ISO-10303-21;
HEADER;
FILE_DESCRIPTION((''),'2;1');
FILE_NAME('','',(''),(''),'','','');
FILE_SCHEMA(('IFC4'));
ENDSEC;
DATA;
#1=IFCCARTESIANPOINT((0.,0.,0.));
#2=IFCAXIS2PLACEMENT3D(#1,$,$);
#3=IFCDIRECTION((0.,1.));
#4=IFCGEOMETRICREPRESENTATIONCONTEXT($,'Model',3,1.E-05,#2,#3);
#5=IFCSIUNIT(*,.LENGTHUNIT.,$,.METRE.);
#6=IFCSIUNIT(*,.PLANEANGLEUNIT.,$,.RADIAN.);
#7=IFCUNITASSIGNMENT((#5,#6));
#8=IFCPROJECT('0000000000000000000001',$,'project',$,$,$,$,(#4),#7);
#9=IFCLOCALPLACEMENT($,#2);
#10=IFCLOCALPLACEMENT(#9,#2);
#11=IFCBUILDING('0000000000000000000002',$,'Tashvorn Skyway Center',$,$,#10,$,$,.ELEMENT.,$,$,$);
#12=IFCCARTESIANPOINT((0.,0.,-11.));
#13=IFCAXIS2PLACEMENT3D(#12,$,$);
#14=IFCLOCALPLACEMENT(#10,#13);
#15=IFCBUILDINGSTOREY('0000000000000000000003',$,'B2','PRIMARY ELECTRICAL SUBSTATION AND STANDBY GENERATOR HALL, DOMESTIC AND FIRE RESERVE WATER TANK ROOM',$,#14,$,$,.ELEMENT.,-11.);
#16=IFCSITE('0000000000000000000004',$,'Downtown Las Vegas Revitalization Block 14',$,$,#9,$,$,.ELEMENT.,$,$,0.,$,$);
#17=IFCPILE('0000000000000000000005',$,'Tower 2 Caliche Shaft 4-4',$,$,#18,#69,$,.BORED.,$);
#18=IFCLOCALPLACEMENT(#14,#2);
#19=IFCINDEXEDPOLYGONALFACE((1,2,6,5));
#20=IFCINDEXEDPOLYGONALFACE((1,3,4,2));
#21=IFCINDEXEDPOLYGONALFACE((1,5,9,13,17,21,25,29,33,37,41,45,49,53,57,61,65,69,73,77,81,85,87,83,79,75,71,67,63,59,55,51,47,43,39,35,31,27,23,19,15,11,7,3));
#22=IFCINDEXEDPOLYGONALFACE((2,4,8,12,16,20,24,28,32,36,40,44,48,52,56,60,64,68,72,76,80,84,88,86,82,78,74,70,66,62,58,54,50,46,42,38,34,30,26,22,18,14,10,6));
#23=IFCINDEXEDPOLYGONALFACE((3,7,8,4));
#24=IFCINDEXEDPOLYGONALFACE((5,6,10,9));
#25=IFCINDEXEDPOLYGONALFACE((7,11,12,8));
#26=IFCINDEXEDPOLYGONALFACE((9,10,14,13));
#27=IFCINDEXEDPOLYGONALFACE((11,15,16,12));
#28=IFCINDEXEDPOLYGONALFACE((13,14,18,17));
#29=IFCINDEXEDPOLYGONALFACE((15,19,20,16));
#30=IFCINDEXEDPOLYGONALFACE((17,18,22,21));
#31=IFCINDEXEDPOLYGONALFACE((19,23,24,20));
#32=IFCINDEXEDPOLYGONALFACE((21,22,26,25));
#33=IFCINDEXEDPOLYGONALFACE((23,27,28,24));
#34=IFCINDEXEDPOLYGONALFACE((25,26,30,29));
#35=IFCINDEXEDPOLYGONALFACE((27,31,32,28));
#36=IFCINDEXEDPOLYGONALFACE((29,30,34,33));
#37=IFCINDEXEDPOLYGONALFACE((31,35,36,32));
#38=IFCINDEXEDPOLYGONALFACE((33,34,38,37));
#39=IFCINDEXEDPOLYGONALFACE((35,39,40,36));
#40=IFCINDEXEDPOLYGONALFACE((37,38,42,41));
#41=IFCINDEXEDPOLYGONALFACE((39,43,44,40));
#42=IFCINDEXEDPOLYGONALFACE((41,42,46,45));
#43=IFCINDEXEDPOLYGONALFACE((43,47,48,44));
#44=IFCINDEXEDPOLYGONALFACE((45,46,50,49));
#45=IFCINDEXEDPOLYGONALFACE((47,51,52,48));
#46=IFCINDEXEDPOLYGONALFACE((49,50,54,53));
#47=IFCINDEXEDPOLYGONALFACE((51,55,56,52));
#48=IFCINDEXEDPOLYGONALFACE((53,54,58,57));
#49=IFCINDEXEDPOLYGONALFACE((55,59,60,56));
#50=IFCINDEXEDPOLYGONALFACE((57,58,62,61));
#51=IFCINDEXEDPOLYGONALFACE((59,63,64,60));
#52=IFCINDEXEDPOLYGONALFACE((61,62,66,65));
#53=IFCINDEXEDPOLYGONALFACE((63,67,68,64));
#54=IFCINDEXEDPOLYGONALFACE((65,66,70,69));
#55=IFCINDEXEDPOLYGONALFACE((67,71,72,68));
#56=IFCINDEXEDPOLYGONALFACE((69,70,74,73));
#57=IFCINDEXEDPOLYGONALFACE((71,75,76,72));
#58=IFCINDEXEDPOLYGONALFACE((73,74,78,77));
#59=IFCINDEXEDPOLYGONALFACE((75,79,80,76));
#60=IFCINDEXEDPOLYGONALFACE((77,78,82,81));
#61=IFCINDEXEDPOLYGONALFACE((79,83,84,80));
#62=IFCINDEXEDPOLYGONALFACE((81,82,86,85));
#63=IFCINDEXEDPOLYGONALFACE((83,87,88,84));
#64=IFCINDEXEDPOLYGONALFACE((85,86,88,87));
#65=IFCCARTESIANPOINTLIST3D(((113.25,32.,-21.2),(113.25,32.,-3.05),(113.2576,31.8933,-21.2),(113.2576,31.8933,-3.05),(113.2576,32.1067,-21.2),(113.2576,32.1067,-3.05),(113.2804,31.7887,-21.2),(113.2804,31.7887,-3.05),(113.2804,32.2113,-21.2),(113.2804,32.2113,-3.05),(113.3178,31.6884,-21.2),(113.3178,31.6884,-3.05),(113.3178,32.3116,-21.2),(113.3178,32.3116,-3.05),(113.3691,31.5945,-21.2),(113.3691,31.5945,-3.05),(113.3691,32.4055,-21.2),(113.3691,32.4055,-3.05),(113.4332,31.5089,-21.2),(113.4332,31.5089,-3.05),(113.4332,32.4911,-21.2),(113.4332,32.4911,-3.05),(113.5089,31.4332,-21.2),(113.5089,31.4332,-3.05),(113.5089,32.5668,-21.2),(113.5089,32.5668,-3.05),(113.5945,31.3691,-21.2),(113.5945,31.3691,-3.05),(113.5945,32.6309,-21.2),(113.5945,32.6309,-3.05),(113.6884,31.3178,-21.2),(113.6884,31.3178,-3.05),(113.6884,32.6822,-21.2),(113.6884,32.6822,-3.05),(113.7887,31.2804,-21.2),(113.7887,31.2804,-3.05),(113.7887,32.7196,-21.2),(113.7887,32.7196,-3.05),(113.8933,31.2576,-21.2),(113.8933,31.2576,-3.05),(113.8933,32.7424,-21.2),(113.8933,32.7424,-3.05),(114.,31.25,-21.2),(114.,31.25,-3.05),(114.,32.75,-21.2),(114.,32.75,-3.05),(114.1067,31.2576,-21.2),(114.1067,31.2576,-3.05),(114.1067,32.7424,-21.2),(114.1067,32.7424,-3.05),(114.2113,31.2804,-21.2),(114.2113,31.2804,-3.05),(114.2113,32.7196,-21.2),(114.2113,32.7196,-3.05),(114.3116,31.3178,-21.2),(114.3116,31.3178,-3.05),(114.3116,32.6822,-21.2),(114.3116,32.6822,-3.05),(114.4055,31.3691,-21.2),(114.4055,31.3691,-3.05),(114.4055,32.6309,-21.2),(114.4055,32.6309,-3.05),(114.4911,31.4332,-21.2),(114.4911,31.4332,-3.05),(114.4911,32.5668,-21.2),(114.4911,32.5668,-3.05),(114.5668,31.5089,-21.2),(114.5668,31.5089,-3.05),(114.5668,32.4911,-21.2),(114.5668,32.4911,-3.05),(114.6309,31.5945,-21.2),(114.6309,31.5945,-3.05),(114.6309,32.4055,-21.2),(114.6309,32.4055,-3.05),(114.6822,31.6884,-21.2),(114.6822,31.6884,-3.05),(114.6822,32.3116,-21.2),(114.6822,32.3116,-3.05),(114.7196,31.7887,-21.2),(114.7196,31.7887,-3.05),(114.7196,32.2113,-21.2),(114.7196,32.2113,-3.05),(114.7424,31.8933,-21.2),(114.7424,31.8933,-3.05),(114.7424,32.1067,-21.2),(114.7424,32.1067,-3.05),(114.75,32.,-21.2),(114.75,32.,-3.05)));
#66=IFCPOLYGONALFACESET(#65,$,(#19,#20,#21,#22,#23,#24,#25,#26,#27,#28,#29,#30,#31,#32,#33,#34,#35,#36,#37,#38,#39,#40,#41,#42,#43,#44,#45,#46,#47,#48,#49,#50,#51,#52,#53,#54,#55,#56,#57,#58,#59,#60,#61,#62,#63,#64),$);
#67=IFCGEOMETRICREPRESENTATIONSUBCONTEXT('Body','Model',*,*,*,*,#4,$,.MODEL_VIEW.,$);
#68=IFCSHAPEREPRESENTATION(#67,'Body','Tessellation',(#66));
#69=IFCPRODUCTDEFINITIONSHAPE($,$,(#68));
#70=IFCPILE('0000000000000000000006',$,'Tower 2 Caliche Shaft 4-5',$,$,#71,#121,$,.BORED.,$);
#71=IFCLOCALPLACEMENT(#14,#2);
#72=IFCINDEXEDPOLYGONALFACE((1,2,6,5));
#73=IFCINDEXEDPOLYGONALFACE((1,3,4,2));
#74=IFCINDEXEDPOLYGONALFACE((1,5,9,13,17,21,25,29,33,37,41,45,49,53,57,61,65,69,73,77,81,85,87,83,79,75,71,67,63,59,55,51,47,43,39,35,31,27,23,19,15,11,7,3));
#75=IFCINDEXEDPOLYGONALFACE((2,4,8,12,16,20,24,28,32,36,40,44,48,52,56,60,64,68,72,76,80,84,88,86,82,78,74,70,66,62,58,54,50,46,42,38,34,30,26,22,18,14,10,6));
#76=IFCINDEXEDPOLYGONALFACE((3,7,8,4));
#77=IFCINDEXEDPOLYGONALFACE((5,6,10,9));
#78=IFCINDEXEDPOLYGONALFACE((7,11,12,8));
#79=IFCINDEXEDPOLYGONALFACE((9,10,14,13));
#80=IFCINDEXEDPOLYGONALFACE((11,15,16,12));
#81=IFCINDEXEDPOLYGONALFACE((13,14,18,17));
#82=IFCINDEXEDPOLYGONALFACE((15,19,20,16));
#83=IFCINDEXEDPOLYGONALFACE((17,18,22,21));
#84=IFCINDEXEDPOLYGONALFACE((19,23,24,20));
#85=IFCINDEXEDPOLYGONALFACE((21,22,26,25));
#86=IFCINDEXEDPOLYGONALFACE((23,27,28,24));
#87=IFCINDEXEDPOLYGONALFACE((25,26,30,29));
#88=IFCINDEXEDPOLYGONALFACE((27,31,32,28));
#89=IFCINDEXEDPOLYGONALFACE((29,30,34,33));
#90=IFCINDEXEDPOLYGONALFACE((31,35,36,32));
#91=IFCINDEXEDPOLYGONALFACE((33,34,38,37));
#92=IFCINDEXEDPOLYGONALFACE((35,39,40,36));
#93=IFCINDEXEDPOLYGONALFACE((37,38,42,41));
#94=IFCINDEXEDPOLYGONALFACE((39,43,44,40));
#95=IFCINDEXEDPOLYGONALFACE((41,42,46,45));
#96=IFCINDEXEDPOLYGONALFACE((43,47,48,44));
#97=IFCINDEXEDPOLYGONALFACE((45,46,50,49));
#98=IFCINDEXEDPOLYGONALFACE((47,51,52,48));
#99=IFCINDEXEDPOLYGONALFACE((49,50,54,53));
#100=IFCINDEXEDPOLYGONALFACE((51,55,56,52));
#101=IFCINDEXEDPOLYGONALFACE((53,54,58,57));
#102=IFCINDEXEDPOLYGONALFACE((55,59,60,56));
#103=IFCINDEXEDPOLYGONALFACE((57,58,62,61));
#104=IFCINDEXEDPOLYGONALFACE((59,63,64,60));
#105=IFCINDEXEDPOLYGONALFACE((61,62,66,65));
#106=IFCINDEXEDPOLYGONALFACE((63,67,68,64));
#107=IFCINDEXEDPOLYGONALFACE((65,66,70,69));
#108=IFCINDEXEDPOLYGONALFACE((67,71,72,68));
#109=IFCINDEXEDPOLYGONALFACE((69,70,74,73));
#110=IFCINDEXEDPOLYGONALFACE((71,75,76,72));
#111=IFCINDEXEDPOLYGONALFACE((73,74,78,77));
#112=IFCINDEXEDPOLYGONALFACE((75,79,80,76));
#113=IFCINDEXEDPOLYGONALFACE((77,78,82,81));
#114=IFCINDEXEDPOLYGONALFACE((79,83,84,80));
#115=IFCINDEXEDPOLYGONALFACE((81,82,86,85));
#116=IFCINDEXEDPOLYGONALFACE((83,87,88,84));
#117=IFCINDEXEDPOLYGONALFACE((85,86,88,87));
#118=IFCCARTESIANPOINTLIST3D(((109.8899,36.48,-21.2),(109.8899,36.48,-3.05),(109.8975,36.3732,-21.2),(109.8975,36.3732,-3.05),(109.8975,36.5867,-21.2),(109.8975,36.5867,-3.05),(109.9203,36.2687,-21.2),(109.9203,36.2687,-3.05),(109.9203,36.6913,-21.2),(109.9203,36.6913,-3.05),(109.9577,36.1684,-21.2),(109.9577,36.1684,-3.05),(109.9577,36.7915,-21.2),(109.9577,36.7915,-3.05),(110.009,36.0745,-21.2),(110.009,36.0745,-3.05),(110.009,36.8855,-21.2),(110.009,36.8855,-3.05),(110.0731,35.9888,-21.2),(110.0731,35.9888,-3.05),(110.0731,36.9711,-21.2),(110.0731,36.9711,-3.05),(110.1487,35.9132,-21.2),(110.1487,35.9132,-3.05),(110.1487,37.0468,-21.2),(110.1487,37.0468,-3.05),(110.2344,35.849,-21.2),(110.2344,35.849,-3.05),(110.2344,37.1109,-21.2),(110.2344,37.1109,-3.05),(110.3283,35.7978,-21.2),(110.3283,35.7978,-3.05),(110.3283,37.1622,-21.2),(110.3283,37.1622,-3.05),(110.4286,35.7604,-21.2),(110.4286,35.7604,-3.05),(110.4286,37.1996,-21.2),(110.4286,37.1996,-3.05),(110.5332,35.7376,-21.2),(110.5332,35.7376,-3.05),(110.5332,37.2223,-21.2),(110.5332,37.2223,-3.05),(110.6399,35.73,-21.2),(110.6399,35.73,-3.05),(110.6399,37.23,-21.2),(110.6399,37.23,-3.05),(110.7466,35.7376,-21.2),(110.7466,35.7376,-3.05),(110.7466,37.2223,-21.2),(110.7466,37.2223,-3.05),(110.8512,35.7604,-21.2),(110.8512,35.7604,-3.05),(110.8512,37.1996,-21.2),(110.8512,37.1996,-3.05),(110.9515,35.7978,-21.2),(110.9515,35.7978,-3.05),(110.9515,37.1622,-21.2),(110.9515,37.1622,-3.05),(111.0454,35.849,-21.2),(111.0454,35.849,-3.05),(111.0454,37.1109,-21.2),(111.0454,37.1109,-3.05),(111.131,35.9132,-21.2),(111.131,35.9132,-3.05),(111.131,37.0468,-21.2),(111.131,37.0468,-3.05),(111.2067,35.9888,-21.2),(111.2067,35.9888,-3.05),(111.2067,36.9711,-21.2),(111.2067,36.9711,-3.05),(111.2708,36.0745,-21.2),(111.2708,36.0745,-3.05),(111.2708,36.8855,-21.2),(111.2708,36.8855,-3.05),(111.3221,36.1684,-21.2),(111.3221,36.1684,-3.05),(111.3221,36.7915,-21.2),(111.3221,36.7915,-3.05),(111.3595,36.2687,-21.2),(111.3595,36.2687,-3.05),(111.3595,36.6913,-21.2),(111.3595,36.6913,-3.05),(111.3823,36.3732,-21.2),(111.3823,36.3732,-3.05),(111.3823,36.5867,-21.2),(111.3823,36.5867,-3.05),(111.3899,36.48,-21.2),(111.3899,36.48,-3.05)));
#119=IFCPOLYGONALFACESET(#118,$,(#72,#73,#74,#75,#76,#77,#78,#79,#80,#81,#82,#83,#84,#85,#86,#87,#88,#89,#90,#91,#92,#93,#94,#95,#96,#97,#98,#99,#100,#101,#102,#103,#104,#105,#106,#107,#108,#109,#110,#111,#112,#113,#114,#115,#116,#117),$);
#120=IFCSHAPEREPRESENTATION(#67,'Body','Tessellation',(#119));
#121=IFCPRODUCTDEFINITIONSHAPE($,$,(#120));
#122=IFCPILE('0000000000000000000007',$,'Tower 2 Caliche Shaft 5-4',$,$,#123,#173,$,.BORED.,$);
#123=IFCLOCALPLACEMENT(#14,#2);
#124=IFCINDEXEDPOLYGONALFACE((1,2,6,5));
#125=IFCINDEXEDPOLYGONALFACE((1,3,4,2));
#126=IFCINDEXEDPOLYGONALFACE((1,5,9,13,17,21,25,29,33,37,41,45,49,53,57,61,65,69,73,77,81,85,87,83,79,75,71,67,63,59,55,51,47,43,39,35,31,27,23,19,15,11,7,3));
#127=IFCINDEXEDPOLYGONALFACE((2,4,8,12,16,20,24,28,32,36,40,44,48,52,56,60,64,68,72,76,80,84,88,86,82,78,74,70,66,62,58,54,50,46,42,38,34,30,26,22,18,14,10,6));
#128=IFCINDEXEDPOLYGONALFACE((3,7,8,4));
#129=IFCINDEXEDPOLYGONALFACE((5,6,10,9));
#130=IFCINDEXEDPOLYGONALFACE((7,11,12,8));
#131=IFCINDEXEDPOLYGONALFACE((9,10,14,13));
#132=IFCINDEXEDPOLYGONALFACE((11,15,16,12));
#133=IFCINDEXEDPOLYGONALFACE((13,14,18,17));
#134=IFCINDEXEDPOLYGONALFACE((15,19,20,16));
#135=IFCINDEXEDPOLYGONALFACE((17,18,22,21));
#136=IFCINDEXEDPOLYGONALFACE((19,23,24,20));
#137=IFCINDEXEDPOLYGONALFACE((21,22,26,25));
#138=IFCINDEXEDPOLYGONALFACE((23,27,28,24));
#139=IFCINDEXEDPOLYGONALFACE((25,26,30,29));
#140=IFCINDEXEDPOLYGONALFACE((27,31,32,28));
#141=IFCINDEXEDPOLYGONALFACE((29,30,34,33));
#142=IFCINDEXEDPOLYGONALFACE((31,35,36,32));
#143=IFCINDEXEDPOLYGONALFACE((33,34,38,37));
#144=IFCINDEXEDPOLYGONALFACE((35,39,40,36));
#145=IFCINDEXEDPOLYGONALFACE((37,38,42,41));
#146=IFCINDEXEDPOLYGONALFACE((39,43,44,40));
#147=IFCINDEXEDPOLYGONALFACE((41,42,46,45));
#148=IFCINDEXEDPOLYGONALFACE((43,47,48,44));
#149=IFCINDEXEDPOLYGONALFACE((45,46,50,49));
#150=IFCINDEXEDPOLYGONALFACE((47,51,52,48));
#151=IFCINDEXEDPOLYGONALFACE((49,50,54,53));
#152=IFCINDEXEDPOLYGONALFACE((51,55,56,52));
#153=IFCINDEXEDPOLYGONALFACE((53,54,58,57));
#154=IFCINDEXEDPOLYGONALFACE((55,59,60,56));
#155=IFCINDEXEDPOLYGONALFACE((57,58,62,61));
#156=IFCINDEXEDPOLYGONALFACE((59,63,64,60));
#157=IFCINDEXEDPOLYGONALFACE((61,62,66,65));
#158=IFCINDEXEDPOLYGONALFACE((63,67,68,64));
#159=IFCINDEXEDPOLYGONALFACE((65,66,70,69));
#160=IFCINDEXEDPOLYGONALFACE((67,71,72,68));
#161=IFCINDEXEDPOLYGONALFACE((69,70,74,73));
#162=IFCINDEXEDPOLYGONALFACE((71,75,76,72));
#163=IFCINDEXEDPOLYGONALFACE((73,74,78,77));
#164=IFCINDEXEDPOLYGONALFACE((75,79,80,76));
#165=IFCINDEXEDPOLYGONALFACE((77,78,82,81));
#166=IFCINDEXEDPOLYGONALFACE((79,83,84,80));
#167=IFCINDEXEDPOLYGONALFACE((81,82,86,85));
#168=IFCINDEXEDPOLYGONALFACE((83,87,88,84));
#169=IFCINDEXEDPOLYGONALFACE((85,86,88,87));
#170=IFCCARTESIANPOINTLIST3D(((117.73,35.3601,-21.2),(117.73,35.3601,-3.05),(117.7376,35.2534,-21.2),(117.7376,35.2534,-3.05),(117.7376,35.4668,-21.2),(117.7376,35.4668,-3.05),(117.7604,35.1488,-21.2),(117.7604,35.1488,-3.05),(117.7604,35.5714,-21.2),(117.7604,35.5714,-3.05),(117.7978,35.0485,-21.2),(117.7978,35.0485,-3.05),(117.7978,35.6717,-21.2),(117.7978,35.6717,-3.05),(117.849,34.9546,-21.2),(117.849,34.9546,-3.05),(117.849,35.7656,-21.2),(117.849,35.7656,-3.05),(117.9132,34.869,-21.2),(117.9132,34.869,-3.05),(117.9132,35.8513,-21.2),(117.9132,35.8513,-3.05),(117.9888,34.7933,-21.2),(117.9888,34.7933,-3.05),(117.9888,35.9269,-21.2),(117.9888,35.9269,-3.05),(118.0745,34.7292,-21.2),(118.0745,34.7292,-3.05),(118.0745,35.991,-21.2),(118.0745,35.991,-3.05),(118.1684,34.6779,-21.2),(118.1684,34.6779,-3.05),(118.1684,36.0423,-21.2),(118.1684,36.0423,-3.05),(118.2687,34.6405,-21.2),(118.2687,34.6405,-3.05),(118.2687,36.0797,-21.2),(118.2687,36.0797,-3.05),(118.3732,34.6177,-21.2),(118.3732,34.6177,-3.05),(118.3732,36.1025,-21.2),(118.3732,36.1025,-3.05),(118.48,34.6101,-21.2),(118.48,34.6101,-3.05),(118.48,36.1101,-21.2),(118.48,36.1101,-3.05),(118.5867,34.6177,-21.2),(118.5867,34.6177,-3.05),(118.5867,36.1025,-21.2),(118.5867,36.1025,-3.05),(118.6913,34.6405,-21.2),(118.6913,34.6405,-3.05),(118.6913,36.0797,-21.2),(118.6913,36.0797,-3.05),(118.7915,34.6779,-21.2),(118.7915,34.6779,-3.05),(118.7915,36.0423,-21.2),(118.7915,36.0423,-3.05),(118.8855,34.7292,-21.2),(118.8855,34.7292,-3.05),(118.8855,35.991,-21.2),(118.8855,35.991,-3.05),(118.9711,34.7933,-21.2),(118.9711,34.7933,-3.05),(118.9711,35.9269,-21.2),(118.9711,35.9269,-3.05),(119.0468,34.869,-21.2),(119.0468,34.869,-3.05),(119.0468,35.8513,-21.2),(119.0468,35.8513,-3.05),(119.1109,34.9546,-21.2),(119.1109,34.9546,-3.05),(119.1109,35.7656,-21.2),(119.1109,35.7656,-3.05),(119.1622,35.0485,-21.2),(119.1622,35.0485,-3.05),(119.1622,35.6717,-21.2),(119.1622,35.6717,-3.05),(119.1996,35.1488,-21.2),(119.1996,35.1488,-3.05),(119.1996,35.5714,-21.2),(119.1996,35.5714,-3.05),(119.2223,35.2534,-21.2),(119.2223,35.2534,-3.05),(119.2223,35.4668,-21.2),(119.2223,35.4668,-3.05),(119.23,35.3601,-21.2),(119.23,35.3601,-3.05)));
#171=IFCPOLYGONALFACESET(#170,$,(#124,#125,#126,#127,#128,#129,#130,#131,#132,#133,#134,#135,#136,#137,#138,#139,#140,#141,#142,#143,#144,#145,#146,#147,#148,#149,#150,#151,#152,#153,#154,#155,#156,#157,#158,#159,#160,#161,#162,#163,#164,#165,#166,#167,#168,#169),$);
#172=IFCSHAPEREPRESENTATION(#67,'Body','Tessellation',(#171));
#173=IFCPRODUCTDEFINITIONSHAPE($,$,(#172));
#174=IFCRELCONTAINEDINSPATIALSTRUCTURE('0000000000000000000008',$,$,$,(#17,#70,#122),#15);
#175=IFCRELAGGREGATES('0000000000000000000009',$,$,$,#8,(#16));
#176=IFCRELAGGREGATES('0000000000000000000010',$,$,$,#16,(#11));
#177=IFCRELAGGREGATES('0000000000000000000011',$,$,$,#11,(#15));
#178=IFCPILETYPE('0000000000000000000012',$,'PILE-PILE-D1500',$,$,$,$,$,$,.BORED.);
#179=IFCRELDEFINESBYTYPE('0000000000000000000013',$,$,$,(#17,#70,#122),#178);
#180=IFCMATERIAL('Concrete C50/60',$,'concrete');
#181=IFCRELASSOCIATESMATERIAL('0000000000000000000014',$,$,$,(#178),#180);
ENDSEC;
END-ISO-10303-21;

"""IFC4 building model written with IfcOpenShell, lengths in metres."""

from ifc_helpers import new_model, si_unit, direction, frame, origin, origin_2d, place, context, subcontext, project, spatial, circle, extrude, material, material_profile, profile_set, type_object, element, save


model = new_model("IFC4")

# Units and contexts
model_context = context("Model", 3, precision=1e-05, world=origin(), true_north=direction((0.0, 1.0)))
body_context = subcontext(model_context, "Body", "Model", "MODEL_VIEW")
ifc_project = project(units=[si_unit("LENGTHUNIT", "METRE"), si_unit("PLANEANGLEUNIT", "RADIAN")], contexts=[model_context])

# Site, building, storey
site_placement = place(None, origin())
site = spatial("IfcSite", under=ifc_project, at=site_placement, Name="Downtown Las Vegas Revitalization Block 14", CompositionType="ELEMENT", RefElevation=0.0)
building_placement = place(site_placement, origin())
building = spatial("IfcBuilding", under=site, at=building_placement, Name="Tashvorn Skyway Center", CompositionType="ELEMENT")
storey_placement = place(building_placement, frame((0.0, 0.0, -11.0)))
storey = spatial("IfcBuildingStorey", under=building, at=storey_placement, Name="B2", Description="PRIMARY ELECTRICAL SUBSTATION AND STANDBY GENERATOR HALL, DOMESTIC AND FIRE RESERVE WATER TANK ROOM", CompositionType="ELEMENT", Elevation=-11.0)

# Piles
ifc_material_1 = material(Name="Concrete C50/60", Category="concrete")
ifc_material_profile_1 = material_profile(ifc_material_1, circle(Radius=0.75, at=origin_2d()), Name="PILE-D1500")
ifc_profile_set_1 = profile_set([ifc_material_profile_1], Name="Concrete C50/60")
pile_type = type_object("IfcPileType", Name="PILE-PILE-D1500", PredefinedType="BORED", material=ifc_profile_set_1)
for number, where, z_axis, x_axis, name in (
    (1, (114.0, 32.0, -3.05), (0.0, 0.0, -1.0), (1.0, 0.0, 0.0), "Tower 2 Caliche Shaft 4-4"),
    (2, (110.6399, 36.48, -3.05), (0.0, 0.0, -1.0), (1.0, 0.0, 0.0), "Tower 2 Caliche Shaft 4-5"),
    (3, (118.48, 35.3601, -3.05), (0.0, 0.0, -1.0), (1.0, 0.0, 0.0), "Tower 2 Caliche Shaft 5-4"),
):
    element("IfcPile", number, at=place(storey_placement, frame(where, z_axis=z_axis, x_axis=x_axis)), inside=storey, type_object=pile_type, Name=name, PredefinedType="BORED", context=body_context, shape_type="SweptSolid", body=[
        extrude(circle(Radius=0.75, at=origin_2d()), origin(), (0.0, 0.0, 1.0), 18.1499),
    ])

save(model, "model.ifc")
